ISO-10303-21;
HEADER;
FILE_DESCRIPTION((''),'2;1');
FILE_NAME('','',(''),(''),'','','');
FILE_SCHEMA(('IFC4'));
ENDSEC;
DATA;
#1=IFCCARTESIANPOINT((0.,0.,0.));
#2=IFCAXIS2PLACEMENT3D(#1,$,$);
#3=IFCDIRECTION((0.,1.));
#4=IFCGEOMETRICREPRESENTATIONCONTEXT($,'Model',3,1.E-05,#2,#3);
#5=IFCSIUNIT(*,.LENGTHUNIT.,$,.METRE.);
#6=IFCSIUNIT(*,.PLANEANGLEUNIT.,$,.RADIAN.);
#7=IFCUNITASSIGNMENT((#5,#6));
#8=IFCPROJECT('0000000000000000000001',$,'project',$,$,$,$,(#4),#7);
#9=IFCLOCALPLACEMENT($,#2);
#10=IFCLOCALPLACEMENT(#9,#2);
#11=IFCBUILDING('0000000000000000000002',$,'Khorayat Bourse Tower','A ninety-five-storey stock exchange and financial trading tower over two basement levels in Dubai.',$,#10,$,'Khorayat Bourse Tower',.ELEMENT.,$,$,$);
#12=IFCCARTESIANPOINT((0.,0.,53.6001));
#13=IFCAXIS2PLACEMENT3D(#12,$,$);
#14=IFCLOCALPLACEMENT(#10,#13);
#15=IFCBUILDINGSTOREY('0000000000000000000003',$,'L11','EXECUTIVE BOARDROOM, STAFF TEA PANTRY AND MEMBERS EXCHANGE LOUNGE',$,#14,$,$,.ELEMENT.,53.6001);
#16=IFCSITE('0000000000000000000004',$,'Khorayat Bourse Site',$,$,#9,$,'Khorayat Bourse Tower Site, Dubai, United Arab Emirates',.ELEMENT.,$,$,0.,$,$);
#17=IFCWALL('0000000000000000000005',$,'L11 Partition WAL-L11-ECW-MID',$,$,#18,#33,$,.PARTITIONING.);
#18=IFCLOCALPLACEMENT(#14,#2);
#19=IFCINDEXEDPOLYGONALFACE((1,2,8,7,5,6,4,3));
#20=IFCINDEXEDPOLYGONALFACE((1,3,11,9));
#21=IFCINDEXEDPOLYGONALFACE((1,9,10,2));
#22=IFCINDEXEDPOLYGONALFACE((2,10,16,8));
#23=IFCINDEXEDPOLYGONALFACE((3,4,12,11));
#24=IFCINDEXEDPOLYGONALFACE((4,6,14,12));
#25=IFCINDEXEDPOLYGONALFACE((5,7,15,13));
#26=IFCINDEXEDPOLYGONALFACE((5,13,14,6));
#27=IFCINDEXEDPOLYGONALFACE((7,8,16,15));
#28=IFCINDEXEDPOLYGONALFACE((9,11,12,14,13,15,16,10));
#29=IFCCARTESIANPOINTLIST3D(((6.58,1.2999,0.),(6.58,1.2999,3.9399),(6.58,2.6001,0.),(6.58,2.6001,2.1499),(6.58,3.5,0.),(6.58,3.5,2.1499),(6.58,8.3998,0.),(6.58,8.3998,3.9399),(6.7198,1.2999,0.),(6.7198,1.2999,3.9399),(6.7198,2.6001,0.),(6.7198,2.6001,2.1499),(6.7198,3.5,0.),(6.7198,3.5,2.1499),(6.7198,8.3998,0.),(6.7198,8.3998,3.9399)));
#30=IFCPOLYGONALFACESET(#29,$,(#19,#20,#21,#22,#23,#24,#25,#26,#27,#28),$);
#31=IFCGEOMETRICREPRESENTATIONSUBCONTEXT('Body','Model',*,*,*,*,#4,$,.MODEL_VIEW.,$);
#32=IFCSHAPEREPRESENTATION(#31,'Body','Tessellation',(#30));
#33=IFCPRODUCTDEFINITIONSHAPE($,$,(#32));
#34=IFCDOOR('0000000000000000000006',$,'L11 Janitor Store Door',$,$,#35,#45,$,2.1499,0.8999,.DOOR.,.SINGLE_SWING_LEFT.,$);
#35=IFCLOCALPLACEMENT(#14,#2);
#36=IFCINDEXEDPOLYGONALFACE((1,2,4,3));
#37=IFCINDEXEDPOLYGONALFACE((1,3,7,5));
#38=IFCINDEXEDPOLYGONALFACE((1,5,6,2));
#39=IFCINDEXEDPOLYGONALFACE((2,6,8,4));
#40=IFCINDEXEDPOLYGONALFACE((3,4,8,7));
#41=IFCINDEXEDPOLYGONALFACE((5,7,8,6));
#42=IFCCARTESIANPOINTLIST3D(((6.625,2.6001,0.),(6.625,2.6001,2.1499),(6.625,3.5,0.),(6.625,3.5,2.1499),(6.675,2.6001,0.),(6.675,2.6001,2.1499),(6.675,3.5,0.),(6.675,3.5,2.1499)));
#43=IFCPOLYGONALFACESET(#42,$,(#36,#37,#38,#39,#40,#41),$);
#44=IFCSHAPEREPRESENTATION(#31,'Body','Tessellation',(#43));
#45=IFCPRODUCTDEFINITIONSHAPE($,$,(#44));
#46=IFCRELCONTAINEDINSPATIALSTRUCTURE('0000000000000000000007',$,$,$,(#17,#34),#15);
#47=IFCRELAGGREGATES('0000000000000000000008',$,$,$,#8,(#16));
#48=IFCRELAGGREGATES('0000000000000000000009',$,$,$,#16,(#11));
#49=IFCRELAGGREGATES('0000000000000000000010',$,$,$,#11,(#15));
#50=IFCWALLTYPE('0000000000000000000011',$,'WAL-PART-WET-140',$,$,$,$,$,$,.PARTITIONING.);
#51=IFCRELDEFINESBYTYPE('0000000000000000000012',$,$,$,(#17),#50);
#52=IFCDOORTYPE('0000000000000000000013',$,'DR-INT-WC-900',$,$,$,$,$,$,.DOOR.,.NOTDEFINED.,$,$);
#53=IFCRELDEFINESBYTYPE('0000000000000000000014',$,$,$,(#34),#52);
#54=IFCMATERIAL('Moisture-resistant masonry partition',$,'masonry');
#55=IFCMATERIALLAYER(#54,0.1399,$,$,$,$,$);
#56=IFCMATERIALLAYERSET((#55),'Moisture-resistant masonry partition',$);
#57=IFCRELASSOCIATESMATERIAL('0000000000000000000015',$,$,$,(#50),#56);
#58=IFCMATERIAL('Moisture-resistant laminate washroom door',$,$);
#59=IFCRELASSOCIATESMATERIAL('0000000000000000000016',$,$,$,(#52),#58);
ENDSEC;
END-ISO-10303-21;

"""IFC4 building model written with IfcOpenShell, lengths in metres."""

from ifc_helpers import new_model, si_unit, direction, frame, frame_2d, origin, place, context, subcontext, project, spatial, rectangle, extrude, source, transform, mapped, material, layer, layer_set, type_object, element, fill, save


model = new_model("IFC4")

# Units and contexts
model_context = context("Model", 3, precision=1e-05, world=origin(), true_north=direction((0.0, 1.0)))
body_context = subcontext(model_context, "Body", "Model", "MODEL_VIEW")
ifc_project = project(units=[si_unit("LENGTHUNIT", "METRE"), si_unit("PLANEANGLEUNIT", "RADIAN")], contexts=[model_context])

# Site, building, storey
site_placement = place(None, origin())
site = spatial("IfcSite", under=ifc_project, at=site_placement, Name="Khorayat Bourse Site", LongName="Khorayat Bourse Tower Site, Dubai, United Arab Emirates", CompositionType="ELEMENT", RefElevation=0.0)
building_placement = place(site_placement, origin())
building = spatial("IfcBuilding", under=site, at=building_placement, Name="Khorayat Bourse Tower", Description="A ninety-five-storey stock exchange and financial trading tower over two basement levels in Dubai.", LongName="Khorayat Bourse Tower", CompositionType="ELEMENT")
storey_placement = place(building_placement, frame((0.0, 0.0, 53.6001)))
storey = spatial("IfcBuildingStorey", under=building, at=storey_placement, Name="L11", Description="EXECUTIVE BOARDROOM, STAFF TEA PANTRY AND MEMBERS EXCHANGE LOUNGE", CompositionType="ELEMENT", Elevation=53.6001)

# Shared definitions
ifc_material_1 = material(Name="Moisture-resistant masonry partition", Category="masonry")
ifc_layer_1 = layer(ifc_material_1, 0.1399)
ifc_layer_set_1 = layer_set([ifc_layer_1], Name="Moisture-resistant masonry partition")
wall_type_1 = type_object("IfcWallType", Name="WAL-PART-WET-140", PredefinedType="PARTITIONING", material=ifc_layer_set_1)

# Wall, opening, door
shared_shape_1 = source(origin(), body_context, "Body", "SweptSolid", [
    extrude(rectangle(XDim=7.0999, YDim=0.1399, at=frame_2d((3.5498, 0.0))), origin(), (0.0, 0.0, 1.0), 3.9399),
])
wall_1_placement = place(storey_placement, frame((6.6499, 1.3, 0.0), z_axis=(0.0, 0.0, 1.0), x_axis=(0.0, 1.0, 0.0)))
wall_1 = element("IfcWall", 1, at=wall_1_placement, inside=storey, type_object=wall_type_1, Name="L11 Partition WAL-L11-ECW-MID", PredefinedType="PARTITIONING", context=body_context, shape_type="MappedRepresentation", body=[
    mapped(shared_shape_1, transform((0.0, 0.0, 0.0), scale=1.0)),
])
shared_shape_2 = source(origin(), body_context, "Body", "SweptSolid", [
    extrude(rectangle(XDim=0.8999, YDim=2.1499, at=frame_2d((0.45, 1.075))), frame((0.0, 0.0798, 0.0), z_axis=(0.0, -1.0, 0.0), x_axis=(1.0, 0.0, 0.0)), (0.0, 0.0, 1.0), 0.1599),
])
opening_placement = place(wall_1_placement, frame((1.3, 0.0, 0.0)))
opening = element("IfcOpeningElement", 2, at=opening_placement, cuts=wall_1, PredefinedType="OPENING", context=body_context, shape_type="MappedRepresentation", body=[
    mapped(shared_shape_2, transform((0.0, 0.0, 0.0), scale=1.0)),
])
ifc_material_2 = material(Name="Moisture-resistant laminate washroom door")
door_type = type_object("IfcDoorType", Name="DR-INT-WC-900", OperationType="NOTDEFINED", PredefinedType="DOOR", material=ifc_material_2)
shared_shape_3 = source(origin(), body_context, "Body", "SweptSolid", [
    extrude(rectangle(XDim=0.8999, YDim=2.1499, at=frame_2d((0.45, 1.075))), frame((0.0, 0.0249, 0.0), z_axis=(0.0, -1.0, 0.0), x_axis=(1.0, 0.0, 0.0)), (0.0, 0.0, 1.0), 0.05),
])
door_placement = place(opening_placement, origin())
door = element("IfcDoor", 3, at=door_placement, inside=storey, type_object=door_type, Name="L11 Janitor Store Door", OperationType="SINGLE_SWING_LEFT", OverallHeight=2.1499, OverallWidth=0.8999, PredefinedType="DOOR", context=body_context, shape_type="MappedRepresentation", body=[
    mapped(shared_shape_3, transform((0.0, 0.0, 0.0), scale=1.0)),
])
fill(opening, door)

save(model, "model.ifc")
